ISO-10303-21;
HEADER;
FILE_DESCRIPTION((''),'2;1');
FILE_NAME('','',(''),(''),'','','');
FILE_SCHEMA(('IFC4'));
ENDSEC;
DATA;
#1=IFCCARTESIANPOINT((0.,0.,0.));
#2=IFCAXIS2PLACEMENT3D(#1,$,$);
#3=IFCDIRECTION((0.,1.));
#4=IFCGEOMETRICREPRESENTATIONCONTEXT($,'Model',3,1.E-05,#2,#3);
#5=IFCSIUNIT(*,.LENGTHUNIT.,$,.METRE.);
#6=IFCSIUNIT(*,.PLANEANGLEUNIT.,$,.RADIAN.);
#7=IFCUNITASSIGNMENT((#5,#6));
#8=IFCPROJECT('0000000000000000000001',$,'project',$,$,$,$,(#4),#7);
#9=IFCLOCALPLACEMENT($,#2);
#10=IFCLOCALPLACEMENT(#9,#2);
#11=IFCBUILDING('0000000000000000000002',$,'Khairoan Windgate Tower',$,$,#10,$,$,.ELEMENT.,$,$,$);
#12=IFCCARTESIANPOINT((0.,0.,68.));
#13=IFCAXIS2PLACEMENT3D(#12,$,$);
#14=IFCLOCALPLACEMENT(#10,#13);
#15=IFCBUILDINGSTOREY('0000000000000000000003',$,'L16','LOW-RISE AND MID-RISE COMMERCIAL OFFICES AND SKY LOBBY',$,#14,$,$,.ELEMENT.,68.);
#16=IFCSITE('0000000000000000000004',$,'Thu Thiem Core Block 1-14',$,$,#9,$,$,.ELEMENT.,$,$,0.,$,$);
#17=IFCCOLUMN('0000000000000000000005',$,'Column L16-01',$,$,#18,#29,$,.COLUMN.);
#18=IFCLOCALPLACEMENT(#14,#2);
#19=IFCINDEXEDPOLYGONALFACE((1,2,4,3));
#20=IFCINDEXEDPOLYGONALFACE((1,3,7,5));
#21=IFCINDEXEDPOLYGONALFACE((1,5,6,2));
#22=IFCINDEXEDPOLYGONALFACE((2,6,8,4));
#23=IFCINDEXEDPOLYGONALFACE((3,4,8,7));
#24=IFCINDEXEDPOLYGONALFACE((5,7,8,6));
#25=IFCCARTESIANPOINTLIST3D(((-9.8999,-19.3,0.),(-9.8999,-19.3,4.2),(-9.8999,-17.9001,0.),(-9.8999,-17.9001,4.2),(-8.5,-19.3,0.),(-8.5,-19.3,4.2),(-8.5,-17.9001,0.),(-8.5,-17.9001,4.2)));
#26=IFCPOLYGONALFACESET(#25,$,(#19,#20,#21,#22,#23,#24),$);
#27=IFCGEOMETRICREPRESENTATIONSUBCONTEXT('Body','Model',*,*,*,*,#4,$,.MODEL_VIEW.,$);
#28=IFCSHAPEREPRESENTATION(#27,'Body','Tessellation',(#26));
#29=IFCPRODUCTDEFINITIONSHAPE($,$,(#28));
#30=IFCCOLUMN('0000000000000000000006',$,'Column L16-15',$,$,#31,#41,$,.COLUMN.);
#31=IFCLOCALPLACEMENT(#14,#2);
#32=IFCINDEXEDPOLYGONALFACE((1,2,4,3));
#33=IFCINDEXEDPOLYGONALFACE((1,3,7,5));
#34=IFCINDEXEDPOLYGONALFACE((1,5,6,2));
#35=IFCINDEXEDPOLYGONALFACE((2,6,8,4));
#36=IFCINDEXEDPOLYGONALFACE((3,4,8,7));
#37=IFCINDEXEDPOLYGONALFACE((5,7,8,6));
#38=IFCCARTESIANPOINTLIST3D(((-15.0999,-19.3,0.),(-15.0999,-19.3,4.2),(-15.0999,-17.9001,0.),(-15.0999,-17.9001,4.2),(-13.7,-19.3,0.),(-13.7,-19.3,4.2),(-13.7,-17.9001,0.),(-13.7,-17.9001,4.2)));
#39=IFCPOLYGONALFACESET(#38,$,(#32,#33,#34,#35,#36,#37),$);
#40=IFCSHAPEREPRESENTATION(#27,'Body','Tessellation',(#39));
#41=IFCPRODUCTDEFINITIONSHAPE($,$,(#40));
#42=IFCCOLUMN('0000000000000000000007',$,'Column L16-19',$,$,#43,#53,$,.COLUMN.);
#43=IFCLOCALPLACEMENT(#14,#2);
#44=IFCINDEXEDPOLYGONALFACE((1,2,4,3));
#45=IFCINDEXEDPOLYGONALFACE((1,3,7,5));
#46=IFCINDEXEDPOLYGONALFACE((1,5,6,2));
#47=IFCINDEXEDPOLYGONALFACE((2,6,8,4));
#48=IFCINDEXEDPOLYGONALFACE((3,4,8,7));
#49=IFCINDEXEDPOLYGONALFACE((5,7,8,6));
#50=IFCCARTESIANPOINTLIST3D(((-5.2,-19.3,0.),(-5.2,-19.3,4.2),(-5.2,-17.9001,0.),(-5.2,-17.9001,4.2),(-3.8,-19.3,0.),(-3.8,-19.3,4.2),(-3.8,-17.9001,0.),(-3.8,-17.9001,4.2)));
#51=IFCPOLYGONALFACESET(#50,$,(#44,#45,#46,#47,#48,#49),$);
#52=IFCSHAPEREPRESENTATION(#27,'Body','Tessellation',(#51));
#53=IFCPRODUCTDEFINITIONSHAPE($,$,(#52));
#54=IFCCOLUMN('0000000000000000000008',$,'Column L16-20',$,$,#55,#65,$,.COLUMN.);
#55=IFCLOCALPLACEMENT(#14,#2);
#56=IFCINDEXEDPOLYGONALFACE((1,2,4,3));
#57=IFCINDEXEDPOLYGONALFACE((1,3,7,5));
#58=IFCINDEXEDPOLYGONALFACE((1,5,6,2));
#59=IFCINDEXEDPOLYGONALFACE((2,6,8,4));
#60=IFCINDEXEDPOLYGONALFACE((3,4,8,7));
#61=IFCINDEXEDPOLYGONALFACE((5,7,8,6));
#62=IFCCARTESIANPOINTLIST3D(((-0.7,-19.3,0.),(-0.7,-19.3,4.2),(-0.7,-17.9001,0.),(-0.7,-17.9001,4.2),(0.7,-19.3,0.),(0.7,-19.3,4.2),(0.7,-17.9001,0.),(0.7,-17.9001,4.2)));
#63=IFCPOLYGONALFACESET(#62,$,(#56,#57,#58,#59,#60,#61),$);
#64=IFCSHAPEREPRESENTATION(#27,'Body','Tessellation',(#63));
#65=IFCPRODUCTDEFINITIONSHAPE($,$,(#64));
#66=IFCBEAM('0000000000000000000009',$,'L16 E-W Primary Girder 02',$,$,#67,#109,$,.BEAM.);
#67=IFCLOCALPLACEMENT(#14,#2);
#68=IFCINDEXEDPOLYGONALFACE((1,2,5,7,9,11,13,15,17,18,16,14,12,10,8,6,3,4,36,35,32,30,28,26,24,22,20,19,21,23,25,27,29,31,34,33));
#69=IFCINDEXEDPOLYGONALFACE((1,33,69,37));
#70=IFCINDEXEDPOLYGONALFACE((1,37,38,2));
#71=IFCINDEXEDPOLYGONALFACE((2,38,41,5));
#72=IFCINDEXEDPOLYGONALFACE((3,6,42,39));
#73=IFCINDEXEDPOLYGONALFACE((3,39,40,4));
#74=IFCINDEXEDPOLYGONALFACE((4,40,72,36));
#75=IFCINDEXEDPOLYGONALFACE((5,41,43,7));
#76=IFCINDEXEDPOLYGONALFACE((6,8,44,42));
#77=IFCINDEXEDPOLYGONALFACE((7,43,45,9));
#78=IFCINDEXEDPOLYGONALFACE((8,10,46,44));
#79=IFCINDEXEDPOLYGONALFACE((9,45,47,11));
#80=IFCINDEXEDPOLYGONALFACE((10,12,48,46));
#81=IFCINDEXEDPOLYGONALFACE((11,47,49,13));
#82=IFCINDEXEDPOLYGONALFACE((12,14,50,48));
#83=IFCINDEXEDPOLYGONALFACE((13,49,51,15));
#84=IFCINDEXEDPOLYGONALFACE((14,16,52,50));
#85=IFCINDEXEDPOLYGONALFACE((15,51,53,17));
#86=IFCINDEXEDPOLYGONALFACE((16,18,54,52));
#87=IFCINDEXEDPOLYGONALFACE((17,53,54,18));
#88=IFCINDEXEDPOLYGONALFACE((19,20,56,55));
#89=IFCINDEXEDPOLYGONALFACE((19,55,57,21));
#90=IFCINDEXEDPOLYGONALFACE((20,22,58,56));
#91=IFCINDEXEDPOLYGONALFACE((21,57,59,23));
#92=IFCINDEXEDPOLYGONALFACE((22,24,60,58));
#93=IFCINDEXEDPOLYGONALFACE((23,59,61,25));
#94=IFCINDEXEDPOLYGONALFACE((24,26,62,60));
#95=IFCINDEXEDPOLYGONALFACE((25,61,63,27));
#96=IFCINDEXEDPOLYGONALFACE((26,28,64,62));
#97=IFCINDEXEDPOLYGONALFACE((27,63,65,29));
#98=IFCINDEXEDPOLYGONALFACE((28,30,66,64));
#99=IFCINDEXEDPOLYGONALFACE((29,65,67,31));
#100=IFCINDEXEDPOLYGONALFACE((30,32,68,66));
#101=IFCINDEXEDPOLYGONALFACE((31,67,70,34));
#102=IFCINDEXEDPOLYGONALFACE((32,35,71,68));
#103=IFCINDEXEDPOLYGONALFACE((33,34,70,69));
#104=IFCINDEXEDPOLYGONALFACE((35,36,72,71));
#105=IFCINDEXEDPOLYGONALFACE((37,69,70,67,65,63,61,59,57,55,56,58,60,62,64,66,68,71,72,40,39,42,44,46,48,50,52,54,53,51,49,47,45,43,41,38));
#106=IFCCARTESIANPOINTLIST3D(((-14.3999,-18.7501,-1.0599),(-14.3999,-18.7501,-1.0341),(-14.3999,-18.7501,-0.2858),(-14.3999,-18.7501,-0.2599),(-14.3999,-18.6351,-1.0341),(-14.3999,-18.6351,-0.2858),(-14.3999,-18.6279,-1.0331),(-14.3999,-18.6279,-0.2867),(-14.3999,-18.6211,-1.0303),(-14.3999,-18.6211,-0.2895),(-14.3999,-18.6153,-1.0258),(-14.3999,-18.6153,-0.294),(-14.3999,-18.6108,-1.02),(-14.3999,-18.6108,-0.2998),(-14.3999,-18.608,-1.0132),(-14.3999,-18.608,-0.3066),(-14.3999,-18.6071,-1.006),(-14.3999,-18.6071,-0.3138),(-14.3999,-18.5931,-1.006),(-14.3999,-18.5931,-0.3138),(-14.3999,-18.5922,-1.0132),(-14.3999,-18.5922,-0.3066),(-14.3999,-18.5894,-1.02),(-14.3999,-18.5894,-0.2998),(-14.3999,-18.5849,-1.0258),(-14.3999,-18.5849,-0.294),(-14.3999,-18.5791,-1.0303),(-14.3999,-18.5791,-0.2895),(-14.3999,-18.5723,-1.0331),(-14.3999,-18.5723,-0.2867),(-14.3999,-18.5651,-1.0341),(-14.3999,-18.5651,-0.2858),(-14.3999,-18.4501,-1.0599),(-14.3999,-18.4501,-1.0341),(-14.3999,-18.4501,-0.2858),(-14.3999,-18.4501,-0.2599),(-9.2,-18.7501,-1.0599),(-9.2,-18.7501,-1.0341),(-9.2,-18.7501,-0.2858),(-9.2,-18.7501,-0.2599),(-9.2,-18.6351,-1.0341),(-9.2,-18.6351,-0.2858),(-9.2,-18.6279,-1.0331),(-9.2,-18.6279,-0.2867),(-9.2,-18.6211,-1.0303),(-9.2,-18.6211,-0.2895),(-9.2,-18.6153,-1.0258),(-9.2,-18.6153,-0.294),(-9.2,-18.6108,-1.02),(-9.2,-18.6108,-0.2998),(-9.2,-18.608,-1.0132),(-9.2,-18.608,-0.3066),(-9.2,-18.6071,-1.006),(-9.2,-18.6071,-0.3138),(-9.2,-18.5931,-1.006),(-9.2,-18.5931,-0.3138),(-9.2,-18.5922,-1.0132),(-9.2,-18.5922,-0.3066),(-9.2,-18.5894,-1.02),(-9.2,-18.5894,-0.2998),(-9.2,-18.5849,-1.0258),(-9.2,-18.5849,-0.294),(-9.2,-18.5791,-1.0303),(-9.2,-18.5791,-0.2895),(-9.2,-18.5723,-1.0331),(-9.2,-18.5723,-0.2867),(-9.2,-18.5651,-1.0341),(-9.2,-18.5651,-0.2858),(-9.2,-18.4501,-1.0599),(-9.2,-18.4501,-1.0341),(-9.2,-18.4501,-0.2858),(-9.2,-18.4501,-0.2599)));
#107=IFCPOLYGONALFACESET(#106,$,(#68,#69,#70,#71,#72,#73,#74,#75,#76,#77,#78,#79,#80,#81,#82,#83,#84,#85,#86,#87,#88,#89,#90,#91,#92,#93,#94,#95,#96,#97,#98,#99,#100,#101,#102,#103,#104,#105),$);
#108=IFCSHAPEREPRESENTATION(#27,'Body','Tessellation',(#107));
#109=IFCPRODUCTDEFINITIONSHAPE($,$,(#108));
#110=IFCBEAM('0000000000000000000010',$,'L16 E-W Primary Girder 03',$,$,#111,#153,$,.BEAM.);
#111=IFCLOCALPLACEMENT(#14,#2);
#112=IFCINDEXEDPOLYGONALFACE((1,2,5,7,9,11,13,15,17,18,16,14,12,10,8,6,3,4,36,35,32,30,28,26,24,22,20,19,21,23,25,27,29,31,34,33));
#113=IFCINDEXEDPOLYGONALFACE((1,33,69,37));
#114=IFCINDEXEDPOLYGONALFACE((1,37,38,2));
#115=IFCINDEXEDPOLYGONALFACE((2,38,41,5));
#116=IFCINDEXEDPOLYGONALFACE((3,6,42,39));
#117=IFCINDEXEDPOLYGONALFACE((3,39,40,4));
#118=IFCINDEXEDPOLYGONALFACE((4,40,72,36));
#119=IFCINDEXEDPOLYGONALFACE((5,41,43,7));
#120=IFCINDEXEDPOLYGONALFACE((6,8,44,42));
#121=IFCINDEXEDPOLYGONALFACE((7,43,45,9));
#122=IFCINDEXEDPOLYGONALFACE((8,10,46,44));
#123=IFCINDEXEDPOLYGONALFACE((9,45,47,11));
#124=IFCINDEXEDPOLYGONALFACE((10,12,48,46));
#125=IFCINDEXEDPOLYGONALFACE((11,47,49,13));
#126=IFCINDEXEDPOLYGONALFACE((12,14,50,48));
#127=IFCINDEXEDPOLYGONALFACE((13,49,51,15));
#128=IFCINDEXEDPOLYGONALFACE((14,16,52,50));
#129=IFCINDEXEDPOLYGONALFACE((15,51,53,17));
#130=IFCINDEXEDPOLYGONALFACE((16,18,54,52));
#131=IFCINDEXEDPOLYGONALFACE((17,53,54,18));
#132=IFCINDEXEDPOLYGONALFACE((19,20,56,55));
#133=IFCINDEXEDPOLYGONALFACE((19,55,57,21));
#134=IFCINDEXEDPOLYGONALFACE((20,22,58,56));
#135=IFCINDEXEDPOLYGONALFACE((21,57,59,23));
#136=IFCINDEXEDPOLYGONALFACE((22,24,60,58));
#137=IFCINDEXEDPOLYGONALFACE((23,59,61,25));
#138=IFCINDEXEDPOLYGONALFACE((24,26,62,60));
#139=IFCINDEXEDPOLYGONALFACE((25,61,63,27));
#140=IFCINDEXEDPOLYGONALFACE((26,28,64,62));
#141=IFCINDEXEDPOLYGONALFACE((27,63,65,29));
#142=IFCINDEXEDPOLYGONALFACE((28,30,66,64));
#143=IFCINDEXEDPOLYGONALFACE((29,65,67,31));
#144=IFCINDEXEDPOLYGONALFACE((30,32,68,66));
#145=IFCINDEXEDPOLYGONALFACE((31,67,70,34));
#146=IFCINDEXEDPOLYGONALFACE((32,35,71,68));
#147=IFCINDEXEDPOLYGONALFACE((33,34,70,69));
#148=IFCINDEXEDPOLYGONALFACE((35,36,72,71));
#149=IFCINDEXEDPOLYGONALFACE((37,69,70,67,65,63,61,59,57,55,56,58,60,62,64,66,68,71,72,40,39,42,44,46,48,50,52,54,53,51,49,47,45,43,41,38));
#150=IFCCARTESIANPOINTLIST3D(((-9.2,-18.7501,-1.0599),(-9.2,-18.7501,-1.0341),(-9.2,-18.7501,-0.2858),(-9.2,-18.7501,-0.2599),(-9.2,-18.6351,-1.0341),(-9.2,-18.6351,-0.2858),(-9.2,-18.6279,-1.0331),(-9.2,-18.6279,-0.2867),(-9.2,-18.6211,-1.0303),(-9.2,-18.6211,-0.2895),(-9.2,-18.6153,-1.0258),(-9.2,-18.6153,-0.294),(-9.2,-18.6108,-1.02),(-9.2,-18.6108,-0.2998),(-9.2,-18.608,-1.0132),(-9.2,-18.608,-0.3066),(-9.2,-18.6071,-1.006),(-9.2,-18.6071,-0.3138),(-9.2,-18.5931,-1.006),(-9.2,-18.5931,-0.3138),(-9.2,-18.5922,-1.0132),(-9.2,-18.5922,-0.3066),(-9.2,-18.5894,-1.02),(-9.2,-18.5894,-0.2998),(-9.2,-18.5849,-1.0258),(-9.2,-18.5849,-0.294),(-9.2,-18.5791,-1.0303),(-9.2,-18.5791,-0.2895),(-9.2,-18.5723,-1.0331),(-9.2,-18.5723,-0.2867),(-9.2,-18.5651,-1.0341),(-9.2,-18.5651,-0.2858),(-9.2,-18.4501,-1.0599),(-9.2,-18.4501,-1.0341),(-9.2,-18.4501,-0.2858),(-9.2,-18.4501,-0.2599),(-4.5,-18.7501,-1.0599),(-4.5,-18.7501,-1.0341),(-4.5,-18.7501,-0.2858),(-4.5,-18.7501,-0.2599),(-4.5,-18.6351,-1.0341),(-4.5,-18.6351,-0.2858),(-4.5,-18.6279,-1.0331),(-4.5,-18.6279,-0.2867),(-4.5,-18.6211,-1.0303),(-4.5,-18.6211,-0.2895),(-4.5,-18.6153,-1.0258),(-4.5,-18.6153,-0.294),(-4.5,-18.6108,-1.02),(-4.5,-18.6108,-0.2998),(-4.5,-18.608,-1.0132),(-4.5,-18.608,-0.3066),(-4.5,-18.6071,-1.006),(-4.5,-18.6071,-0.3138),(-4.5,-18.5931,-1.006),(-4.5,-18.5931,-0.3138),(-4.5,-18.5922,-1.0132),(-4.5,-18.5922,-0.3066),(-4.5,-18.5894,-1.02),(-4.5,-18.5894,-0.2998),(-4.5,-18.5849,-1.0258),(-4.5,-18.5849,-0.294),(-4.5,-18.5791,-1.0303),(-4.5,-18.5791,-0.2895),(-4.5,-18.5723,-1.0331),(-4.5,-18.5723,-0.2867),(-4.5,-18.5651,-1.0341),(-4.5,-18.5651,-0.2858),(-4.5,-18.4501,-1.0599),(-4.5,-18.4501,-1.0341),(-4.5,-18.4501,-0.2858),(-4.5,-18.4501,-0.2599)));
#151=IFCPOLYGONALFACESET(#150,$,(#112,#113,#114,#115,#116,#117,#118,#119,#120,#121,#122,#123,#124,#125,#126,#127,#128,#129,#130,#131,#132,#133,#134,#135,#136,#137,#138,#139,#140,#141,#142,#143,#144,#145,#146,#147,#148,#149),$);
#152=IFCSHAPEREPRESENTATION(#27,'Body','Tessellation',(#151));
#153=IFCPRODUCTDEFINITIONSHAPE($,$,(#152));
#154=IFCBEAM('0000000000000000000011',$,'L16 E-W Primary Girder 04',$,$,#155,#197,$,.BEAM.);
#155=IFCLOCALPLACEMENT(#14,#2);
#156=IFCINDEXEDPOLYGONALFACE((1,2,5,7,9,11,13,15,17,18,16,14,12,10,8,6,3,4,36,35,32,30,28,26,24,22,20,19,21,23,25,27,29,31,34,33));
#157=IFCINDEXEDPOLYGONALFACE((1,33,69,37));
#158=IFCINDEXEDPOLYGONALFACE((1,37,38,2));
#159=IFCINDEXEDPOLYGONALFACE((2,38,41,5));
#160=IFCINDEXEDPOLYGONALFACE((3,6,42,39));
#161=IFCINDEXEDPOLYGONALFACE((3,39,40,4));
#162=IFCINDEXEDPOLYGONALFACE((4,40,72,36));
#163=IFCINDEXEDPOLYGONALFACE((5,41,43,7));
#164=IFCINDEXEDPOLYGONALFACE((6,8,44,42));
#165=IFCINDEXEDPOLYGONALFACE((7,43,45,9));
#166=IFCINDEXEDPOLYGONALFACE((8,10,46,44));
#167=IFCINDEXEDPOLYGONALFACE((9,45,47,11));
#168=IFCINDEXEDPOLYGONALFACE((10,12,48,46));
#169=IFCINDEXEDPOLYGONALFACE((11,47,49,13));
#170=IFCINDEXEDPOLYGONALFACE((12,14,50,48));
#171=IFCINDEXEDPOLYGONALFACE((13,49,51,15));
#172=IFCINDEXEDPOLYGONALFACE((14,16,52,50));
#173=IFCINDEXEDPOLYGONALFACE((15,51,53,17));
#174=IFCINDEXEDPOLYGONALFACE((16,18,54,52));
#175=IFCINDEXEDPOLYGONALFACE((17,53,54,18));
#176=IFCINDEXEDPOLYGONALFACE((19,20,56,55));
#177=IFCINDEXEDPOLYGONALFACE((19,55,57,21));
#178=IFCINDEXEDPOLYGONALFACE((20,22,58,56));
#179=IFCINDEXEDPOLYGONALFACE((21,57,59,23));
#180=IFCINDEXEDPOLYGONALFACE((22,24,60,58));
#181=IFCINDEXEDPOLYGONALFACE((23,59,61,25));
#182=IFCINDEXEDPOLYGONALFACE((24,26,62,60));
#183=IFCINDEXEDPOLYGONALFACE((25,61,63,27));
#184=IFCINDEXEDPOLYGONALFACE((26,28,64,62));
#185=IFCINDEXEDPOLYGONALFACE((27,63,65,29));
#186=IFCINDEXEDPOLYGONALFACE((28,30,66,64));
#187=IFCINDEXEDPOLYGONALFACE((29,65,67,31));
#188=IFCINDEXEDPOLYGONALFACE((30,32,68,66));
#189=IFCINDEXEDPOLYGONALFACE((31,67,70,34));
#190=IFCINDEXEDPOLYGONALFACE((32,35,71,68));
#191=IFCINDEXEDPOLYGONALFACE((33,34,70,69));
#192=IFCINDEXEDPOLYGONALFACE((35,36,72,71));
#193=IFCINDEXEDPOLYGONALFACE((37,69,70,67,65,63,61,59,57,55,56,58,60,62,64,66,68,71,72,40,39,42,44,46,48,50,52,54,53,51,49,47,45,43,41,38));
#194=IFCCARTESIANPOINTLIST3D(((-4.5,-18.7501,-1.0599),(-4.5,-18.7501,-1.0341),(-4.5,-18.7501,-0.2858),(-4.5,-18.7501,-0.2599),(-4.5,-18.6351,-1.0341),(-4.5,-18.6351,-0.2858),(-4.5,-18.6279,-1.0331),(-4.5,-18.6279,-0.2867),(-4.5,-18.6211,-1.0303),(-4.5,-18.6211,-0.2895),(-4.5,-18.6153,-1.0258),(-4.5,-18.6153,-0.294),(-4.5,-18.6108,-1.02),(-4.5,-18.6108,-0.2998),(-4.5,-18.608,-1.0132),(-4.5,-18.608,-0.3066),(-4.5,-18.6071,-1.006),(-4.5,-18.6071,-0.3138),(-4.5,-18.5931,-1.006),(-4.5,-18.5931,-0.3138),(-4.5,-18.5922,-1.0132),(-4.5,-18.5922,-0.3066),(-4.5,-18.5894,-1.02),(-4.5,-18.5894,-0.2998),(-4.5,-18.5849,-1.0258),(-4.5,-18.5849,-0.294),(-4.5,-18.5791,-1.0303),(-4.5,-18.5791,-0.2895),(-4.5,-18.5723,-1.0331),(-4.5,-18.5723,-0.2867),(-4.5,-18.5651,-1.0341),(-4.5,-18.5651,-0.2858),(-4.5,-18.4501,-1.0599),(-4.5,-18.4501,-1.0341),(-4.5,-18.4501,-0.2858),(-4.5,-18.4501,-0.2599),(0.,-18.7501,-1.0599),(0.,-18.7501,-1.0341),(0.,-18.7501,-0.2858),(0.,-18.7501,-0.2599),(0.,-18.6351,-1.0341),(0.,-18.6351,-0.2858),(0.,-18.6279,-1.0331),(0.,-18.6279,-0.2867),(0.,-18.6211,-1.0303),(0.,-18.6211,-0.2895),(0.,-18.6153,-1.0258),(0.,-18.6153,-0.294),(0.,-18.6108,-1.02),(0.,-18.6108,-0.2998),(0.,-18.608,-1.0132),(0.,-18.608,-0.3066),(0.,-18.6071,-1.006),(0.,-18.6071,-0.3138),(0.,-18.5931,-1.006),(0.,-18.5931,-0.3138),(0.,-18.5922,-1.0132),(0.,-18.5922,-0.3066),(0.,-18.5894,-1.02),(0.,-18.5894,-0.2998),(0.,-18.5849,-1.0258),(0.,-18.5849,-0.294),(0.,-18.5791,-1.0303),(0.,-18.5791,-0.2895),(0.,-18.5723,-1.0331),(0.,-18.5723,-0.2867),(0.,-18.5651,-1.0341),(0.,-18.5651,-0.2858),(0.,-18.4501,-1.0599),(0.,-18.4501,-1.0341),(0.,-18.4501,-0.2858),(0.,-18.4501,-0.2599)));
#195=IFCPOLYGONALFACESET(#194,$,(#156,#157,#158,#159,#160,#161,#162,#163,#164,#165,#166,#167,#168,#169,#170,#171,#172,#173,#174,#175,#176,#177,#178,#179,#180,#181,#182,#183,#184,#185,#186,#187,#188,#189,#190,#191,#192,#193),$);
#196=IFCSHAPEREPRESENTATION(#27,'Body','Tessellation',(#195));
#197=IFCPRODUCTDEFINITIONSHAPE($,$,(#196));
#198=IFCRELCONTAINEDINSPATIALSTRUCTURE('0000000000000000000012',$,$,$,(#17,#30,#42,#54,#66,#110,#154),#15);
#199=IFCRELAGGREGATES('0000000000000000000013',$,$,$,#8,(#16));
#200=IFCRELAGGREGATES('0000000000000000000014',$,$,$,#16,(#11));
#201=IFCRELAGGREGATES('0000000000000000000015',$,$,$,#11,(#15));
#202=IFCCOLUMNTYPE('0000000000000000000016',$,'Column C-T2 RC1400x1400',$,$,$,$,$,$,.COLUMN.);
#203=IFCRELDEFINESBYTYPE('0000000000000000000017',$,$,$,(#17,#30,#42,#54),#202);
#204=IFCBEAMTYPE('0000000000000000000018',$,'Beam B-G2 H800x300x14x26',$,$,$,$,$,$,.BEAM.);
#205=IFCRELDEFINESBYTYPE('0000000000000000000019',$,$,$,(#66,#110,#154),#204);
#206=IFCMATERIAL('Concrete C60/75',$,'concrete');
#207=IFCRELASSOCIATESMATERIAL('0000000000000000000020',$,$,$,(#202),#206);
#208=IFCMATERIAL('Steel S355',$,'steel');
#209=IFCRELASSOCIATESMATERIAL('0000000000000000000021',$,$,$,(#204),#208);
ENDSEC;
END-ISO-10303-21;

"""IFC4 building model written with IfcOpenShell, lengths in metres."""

from ifc_helpers import new_model, si_unit, direction, frame, origin, origin_2d, place, context, subcontext, project, spatial, rectangle, i_section, extrude, material, material_profile, profile_set, type_object, element, save


model = new_model("IFC4")

# Units and contexts
model_context = context("Model", 3, precision=1e-05, world=origin(), true_north=direction((0.0, 1.0)))
body_context = subcontext(model_context, "Body", "Model", "MODEL_VIEW")
ifc_project = project(units=[si_unit("LENGTHUNIT", "METRE"), si_unit("PLANEANGLEUNIT", "RADIAN")], contexts=[model_context])

# Site, building, storey
site_placement = place(None, origin())
site = spatial("IfcSite", under=ifc_project, at=site_placement, Name="Thu Thiem Core Block 1-14", CompositionType="ELEMENT", RefElevation=0.0)
building_placement = place(site_placement, origin())
building = spatial("IfcBuilding", under=site, at=building_placement, Name="Khairoan Windgate Tower", CompositionType="ELEMENT")
storey_placement = place(building_placement, frame((0.0, 0.0, 68.0)))
storey = spatial("IfcBuildingStorey", under=building, at=storey_placement, Name="L16", Description="LOW-RISE AND MID-RISE COMMERCIAL OFFICES AND SKY LOBBY", CompositionType="ELEMENT", Elevation=68.0)

# Columns
ifc_material_1 = material(Name="Concrete C60/75", Category="concrete")
ifc_material_profile_1 = material_profile(ifc_material_1, rectangle(XDim=1.3999, YDim=1.3999, at=origin_2d()))
ifc_profile_set_1 = profile_set([ifc_material_profile_1], Name="Concrete C60/75")
column_type = type_object("IfcColumnType", Name="Column C-T2 RC1400x1400", PredefinedType="COLUMN", material=ifc_profile_set_1)
for number, where, z_axis, x_axis, name in (
    (1, (-9.2, -18.6001, 0.0), (0.0, 0.0, 1.0), (1.0, 0.0, 0.0), "Column L16-01"),
    (2, (-14.3999, -18.6001, 0.0), (0.0, 0.0, 1.0), (1.0, 0.0, 0.0), "Column L16-15"),
    (3, (-4.5, -18.6001, 0.0), (0.0, 0.0, 1.0), (1.0, 0.0, 0.0), "Column L16-19"),
    (4, (0.0, -18.6001, 0.0), (0.0, 0.0, 1.0), (1.0, 0.0, 0.0), "Column L16-20"),
):
    element("IfcColumn", number, at=place(storey_placement, frame(where, z_axis=z_axis, x_axis=x_axis)), inside=storey, type_object=column_type, Name=name, PredefinedType="COLUMN", context=body_context, shape_type="SweptSolid", body=[
        extrude(rectangle(XDim=1.3999, YDim=1.3999, at=origin_2d()), origin(), (0.0, 0.0, 1.0), 4.2),
    ])

# Beams
ifc_material_2 = material(Name="Steel S355", Category="steel")
ifc_material_profile_2 = material_profile(ifc_material_2, i_section(OverallWidth=0.3, OverallDepth=0.8, WebThickness=0.0139, FlangeThickness=0.0259, FilletRadius=0.0281, at=origin_2d()))
ifc_profile_set_2 = profile_set([ifc_material_profile_2], Name="Steel S355")
beam_type_1 = type_object("IfcBeamType", Name="Beam B-G2 H800x300x14x26", PredefinedType="BEAM", material=ifc_profile_set_2)
beam_1_placement = place(storey_placement, frame((-14.3999, -18.6001, -0.6599), z_axis=(1.0, 0.0, 0.0), x_axis=(0.0, 1.0, 0.0)))
element("IfcBeam", 5, at=beam_1_placement, inside=storey, type_object=beam_type_1, Name="L16 E-W Primary Girder 02", PredefinedType="BEAM", context=body_context, shape_type="SweptSolid", body=[
    extrude(i_section(OverallWidth=0.3, OverallDepth=0.8, WebThickness=0.0139, FlangeThickness=0.0259, FilletRadius=0.0281, at=origin_2d()), origin(), (0.0, 0.0, 1.0), 5.2),
])
beam_2_placement = place(storey_placement, frame((-9.2, -18.6001, -0.6599), z_axis=(1.0, 0.0, 0.0), x_axis=(0.0, 1.0, 0.0)))
element("IfcBeam", 6, at=beam_2_placement, inside=storey, type_object=beam_type_1, Name="L16 E-W Primary Girder 03", PredefinedType="BEAM", context=body_context, shape_type="SweptSolid", body=[
    extrude(i_section(OverallWidth=0.3, OverallDepth=0.8, WebThickness=0.0139, FlangeThickness=0.0259, FilletRadius=0.0281, at=origin_2d()), origin(), (0.0, 0.0, 1.0), 4.7),
])
beam_3_placement = place(storey_placement, frame((-4.5, -18.6001, -0.6599), z_axis=(1.0, 0.0, 0.0), x_axis=(0.0, 1.0, 0.0)))
element("IfcBeam", 7, at=beam_3_placement, inside=storey, type_object=beam_type_1, Name="L16 E-W Primary Girder 04", PredefinedType="BEAM", context=body_context, shape_type="SweptSolid", body=[
    extrude(i_section(OverallWidth=0.3, OverallDepth=0.8, WebThickness=0.0139, FlangeThickness=0.0259, FilletRadius=0.0281, at=origin_2d()), origin(), (0.0, 0.0, 1.0), 4.5),
])

save(model, "model.ifc")
